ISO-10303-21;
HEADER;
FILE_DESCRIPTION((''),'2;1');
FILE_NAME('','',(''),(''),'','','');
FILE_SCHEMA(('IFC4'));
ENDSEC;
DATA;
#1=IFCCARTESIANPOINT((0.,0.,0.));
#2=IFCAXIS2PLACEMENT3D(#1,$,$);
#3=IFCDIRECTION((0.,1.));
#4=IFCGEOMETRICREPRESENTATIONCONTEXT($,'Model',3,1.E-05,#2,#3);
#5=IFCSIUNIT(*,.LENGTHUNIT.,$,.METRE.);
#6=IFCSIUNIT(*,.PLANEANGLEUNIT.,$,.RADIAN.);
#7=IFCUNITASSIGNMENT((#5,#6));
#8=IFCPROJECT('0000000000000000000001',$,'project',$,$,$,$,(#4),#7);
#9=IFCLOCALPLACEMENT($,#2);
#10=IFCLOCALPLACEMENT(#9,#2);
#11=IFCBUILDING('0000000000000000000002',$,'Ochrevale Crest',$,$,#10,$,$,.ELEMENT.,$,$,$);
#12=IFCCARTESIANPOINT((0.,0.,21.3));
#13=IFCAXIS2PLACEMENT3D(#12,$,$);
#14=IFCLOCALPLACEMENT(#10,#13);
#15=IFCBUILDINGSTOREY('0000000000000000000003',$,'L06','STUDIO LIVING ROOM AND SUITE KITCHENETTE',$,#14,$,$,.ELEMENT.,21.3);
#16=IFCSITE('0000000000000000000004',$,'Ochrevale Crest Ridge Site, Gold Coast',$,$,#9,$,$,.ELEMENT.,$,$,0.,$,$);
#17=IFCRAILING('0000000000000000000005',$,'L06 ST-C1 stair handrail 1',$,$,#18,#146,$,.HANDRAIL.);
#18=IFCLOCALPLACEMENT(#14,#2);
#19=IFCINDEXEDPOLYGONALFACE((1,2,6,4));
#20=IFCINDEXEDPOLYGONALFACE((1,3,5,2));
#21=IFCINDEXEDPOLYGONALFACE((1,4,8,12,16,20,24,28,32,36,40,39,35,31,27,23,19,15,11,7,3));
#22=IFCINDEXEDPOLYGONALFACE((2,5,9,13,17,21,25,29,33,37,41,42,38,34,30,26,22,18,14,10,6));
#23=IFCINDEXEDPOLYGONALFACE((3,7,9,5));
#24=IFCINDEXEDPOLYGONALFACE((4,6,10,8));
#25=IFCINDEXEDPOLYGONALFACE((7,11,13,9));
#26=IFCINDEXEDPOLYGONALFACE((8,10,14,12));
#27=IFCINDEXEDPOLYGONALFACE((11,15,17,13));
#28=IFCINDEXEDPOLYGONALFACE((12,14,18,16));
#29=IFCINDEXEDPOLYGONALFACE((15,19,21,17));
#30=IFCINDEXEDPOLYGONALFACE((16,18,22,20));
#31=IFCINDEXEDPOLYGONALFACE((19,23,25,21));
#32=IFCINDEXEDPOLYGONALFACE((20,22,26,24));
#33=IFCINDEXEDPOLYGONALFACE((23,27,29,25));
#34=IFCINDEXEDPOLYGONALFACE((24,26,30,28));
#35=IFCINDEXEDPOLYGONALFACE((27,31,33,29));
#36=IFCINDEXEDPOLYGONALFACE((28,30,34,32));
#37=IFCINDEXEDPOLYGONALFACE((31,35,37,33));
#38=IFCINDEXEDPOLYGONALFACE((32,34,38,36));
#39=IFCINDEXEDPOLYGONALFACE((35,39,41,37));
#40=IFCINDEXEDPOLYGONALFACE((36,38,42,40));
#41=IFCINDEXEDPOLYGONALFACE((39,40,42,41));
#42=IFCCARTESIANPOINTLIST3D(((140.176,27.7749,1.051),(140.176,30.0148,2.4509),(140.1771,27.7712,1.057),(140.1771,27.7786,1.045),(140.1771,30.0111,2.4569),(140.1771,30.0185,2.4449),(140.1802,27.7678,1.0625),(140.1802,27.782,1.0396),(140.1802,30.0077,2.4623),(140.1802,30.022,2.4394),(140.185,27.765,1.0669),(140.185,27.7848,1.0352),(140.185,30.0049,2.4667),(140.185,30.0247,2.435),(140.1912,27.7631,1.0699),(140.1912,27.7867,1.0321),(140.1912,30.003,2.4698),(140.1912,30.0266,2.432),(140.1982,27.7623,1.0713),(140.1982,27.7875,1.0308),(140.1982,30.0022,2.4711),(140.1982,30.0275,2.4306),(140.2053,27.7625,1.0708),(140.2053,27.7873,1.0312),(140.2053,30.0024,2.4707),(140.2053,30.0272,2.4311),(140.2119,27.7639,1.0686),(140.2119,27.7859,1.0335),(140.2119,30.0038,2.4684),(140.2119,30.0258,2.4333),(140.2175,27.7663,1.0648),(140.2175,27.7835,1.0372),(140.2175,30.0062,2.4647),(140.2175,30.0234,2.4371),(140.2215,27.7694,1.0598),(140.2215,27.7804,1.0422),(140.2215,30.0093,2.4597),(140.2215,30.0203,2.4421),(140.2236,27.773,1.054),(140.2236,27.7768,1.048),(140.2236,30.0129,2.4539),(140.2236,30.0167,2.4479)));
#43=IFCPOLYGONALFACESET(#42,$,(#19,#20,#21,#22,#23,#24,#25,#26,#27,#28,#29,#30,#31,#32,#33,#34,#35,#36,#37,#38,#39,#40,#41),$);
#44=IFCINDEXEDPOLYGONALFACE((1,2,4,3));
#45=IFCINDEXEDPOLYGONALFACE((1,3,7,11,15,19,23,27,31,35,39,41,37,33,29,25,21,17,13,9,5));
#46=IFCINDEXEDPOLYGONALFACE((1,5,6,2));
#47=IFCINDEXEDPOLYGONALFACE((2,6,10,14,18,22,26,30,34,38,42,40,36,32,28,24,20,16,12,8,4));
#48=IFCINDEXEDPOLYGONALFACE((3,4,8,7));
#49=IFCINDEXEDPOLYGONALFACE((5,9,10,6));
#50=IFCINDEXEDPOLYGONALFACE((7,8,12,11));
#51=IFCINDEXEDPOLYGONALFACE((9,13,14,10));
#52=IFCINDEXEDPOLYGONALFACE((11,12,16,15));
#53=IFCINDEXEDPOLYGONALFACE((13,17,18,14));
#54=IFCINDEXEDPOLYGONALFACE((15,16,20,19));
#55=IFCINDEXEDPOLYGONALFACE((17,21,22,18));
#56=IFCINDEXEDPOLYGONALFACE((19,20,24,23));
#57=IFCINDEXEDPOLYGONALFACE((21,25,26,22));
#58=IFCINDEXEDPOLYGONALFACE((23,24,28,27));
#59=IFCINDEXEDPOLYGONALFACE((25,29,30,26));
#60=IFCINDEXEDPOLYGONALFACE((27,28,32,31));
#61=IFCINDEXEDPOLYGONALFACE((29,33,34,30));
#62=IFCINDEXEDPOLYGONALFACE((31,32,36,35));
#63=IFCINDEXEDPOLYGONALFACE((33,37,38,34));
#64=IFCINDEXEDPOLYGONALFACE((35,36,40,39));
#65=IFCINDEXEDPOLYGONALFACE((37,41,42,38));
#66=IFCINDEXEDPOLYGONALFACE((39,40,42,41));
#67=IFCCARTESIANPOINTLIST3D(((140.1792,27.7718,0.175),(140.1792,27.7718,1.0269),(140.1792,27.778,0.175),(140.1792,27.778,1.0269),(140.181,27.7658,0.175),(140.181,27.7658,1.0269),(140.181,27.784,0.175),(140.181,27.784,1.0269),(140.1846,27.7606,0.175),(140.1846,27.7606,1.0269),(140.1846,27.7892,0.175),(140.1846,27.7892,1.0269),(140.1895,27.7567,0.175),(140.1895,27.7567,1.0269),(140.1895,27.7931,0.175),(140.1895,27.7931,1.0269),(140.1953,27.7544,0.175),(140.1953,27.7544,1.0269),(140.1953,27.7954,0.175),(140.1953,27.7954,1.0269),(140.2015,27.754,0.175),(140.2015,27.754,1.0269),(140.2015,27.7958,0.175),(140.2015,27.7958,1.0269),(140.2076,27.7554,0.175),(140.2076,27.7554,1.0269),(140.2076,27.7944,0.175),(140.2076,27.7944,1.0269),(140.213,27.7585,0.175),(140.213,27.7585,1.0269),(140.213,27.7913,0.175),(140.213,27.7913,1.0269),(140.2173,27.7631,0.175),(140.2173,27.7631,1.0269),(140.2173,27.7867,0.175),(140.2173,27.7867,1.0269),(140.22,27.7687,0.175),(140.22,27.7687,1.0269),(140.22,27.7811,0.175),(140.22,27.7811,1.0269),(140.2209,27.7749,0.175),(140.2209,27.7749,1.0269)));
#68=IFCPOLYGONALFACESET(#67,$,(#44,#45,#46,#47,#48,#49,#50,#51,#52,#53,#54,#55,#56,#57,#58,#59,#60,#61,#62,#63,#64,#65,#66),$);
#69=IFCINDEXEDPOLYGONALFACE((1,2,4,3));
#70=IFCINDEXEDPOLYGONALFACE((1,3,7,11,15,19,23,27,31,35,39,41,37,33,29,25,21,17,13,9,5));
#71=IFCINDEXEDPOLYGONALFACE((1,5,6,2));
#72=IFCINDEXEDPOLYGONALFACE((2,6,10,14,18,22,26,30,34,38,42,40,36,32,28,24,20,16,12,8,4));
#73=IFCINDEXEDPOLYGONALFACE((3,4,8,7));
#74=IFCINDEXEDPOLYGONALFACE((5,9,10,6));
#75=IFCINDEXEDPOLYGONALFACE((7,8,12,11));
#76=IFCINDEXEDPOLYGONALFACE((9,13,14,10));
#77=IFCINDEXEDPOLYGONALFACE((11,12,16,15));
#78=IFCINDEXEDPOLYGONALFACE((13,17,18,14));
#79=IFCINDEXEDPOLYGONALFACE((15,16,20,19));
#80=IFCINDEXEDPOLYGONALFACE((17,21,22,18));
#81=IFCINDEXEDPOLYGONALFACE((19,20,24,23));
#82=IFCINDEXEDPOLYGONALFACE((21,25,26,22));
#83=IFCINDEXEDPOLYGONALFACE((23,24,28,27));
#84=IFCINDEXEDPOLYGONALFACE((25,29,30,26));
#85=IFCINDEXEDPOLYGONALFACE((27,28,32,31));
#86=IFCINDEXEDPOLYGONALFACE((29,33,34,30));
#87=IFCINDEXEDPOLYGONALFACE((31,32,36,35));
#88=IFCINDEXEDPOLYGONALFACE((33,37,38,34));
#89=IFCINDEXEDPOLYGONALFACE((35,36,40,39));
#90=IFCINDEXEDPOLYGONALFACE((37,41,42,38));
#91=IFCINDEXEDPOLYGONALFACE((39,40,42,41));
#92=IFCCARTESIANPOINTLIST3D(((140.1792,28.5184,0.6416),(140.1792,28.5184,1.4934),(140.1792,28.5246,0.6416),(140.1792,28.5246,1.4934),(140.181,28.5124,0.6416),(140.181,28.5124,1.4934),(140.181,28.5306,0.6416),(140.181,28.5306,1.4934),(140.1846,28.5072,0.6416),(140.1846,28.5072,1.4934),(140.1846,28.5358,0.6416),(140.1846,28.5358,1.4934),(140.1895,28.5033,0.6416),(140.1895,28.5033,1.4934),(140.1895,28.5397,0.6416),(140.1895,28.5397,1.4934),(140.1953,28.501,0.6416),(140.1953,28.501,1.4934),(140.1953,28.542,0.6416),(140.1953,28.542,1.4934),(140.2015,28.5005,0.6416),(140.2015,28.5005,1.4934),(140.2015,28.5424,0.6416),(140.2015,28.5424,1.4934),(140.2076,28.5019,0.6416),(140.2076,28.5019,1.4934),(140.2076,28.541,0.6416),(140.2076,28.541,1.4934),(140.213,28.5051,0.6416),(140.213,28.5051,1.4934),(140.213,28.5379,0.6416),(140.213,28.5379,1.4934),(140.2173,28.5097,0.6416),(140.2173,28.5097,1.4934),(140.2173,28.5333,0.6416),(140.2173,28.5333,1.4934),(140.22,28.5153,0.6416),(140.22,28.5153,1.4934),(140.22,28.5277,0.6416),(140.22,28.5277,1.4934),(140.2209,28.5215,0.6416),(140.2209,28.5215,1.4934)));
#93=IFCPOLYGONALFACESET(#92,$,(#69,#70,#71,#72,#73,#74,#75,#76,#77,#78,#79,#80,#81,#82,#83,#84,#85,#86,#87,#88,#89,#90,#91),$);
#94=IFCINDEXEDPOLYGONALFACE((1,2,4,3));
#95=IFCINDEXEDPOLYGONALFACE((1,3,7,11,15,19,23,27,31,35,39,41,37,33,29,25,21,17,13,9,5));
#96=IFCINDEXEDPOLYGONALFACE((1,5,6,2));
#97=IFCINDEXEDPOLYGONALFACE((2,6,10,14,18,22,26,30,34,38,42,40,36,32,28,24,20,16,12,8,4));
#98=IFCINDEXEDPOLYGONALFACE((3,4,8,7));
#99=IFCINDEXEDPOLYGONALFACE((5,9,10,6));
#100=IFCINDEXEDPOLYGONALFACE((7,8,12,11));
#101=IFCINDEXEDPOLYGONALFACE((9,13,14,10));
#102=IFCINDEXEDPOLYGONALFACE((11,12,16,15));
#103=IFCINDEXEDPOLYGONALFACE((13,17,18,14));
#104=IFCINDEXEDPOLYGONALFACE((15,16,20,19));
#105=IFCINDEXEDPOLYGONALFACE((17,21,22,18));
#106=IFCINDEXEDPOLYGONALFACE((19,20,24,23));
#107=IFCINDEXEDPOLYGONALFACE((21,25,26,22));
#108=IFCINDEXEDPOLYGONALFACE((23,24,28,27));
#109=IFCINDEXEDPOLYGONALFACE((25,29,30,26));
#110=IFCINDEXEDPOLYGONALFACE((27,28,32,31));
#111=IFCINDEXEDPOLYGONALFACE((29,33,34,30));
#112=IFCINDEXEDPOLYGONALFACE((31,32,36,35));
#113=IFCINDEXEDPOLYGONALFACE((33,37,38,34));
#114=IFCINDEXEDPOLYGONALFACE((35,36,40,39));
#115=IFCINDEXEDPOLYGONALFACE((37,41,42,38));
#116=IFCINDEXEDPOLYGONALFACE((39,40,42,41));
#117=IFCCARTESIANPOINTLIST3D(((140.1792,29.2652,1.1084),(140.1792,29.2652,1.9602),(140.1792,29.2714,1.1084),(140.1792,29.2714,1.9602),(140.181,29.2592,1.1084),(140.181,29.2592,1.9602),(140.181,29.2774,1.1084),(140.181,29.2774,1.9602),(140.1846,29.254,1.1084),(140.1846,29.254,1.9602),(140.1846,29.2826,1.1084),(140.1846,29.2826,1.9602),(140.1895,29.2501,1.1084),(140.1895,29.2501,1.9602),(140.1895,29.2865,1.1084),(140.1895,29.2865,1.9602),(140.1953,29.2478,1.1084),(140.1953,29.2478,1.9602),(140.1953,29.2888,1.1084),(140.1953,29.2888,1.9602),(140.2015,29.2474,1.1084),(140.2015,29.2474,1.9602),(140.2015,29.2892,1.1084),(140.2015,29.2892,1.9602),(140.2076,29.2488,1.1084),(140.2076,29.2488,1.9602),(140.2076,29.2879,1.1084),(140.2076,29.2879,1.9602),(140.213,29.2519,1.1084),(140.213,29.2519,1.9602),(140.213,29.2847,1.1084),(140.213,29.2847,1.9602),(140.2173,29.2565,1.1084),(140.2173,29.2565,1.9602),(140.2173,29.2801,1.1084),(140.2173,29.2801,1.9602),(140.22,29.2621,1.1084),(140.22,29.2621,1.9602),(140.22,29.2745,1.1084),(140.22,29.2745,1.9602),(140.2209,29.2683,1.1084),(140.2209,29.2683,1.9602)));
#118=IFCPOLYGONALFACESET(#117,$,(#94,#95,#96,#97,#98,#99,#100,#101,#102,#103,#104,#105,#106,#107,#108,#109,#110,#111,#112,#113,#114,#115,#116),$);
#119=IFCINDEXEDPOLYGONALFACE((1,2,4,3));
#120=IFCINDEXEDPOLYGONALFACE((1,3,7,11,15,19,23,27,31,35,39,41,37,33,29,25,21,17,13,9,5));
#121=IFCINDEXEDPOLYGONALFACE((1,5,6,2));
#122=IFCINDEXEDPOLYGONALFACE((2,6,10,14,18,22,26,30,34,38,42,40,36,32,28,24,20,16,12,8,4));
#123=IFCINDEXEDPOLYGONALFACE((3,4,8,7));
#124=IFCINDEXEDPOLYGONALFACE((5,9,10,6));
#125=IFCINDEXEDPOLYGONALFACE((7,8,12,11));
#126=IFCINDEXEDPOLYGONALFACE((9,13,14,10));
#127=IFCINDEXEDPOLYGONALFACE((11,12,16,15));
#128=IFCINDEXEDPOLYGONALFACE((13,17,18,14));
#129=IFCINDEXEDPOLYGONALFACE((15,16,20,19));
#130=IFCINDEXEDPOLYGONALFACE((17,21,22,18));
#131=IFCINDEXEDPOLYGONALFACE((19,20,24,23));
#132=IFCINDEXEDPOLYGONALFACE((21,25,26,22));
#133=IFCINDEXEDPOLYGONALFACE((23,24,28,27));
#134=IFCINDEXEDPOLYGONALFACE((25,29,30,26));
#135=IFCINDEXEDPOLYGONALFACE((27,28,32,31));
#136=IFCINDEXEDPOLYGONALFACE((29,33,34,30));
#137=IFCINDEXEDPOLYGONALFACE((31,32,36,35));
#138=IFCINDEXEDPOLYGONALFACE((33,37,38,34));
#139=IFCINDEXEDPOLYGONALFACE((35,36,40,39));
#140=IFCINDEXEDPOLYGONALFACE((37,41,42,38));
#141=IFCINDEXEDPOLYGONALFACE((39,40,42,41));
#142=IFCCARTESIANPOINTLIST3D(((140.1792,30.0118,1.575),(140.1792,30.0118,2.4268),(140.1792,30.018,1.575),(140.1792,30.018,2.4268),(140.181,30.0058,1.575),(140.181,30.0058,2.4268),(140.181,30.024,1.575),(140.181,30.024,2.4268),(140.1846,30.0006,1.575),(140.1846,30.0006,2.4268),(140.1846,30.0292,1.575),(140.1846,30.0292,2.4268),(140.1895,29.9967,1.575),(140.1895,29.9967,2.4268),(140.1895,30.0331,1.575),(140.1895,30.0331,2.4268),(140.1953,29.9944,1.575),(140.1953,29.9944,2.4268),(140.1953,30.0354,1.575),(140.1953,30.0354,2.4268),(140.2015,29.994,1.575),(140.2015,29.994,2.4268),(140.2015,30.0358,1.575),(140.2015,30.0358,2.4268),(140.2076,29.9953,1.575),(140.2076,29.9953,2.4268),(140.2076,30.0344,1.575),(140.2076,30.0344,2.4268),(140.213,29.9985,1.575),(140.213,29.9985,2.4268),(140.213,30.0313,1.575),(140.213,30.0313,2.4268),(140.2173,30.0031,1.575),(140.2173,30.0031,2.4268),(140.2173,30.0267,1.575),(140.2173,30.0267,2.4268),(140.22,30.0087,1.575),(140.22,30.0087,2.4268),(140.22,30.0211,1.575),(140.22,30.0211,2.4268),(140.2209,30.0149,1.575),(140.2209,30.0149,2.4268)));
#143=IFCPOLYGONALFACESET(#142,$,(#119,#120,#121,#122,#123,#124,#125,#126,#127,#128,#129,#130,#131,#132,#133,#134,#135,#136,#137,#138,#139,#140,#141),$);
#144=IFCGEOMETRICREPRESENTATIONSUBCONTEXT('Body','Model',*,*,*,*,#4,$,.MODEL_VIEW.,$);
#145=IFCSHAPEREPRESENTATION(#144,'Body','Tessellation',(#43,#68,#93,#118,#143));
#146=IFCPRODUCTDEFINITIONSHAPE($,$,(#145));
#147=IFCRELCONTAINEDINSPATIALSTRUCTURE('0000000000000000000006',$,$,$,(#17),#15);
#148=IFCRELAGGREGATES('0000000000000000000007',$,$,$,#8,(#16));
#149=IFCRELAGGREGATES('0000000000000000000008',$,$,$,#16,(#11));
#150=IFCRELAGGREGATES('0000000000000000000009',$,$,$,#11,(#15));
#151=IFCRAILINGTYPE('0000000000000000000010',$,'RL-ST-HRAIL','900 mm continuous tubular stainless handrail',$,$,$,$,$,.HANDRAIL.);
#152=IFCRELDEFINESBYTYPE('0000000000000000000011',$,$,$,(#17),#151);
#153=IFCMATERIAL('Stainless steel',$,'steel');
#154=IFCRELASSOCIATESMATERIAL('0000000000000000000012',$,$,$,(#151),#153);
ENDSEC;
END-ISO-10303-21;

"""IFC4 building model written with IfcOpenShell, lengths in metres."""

from ifc_helpers import new_model, si_unit, direction, frame, origin, origin_2d, place, context, subcontext, project, spatial, circle, extrude, material, type_object, element, save


model = new_model("IFC4")

# Units and contexts
model_context = context("Model", 3, precision=1e-05, world=origin(), true_north=direction((0.0, 1.0)))
body_context = subcontext(model_context, "Body", "Model", "MODEL_VIEW")
ifc_project = project(units=[si_unit("LENGTHUNIT", "METRE"), si_unit("PLANEANGLEUNIT", "RADIAN")], contexts=[model_context])

# Site, building, storey
site_placement = place(None, origin())
site = spatial("IfcSite", under=ifc_project, at=site_placement, Name="Ochrevale Crest Ridge Site, Gold Coast", CompositionType="ELEMENT", RefElevation=0.0)
building_placement = place(site_placement, origin())
building = spatial("IfcBuilding", under=site, at=building_placement, Name="Ochrevale Crest", CompositionType="ELEMENT")
storey_placement = place(building_placement, frame((0.0, 0.0, 21.3)))
storey = spatial("IfcBuildingStorey", under=building, at=storey_placement, Name="L06", Description="STUDIO LIVING ROOM AND SUITE KITCHENETTE", CompositionType="ELEMENT", Elevation=21.3)

# Railing
ifc_material_1 = material(Name="Stainless steel", Category="steel")
railing_type_1 = type_object("IfcRailingType", Name="RL-ST-HRAIL", Description="900 mm continuous tubular stainless handrail", PredefinedType="HANDRAIL", material=ifc_material_1)
railing_1_placement = place(storey_placement, frame((140.2, 27.7749, 0.175)))
element("IfcRailing", 1, at=railing_1_placement, inside=storey, type_object=railing_type_1, Name="L06 ST-C1 stair handrail 1", PredefinedType="HANDRAIL", context=body_context, shape_type="SweptSolid", body=[
    extrude(circle(Radius=0.0239, at=origin_2d()), frame((0.0, 0.0, 0.876), z_axis=(0.0, 0.848014, 0.529974), x_axis=(-1.0, 0.0, 0.0)), (0.0, 0.0, 1.0), 2.6414),
    extrude(circle(Radius=0.021, at=origin_2d()), origin(), (0.0, 0.0, 1.0), 0.8518),
    extrude(circle(Radius=0.021, at=origin_2d()), frame((0.0, 0.7466, 0.4666)), (0.0, 0.0, 1.0), 0.8518),
    extrude(circle(Radius=0.021, at=origin_2d()), frame((0.0, 1.4934, 0.9333)), (0.0, 0.0, 1.0), 0.8518),
    extrude(circle(Radius=0.021, at=origin_2d()), frame((0.0, 2.24, 1.3999)), (0.0, 0.0, 1.0), 0.8518),
])

save(model, "model.ifc")
